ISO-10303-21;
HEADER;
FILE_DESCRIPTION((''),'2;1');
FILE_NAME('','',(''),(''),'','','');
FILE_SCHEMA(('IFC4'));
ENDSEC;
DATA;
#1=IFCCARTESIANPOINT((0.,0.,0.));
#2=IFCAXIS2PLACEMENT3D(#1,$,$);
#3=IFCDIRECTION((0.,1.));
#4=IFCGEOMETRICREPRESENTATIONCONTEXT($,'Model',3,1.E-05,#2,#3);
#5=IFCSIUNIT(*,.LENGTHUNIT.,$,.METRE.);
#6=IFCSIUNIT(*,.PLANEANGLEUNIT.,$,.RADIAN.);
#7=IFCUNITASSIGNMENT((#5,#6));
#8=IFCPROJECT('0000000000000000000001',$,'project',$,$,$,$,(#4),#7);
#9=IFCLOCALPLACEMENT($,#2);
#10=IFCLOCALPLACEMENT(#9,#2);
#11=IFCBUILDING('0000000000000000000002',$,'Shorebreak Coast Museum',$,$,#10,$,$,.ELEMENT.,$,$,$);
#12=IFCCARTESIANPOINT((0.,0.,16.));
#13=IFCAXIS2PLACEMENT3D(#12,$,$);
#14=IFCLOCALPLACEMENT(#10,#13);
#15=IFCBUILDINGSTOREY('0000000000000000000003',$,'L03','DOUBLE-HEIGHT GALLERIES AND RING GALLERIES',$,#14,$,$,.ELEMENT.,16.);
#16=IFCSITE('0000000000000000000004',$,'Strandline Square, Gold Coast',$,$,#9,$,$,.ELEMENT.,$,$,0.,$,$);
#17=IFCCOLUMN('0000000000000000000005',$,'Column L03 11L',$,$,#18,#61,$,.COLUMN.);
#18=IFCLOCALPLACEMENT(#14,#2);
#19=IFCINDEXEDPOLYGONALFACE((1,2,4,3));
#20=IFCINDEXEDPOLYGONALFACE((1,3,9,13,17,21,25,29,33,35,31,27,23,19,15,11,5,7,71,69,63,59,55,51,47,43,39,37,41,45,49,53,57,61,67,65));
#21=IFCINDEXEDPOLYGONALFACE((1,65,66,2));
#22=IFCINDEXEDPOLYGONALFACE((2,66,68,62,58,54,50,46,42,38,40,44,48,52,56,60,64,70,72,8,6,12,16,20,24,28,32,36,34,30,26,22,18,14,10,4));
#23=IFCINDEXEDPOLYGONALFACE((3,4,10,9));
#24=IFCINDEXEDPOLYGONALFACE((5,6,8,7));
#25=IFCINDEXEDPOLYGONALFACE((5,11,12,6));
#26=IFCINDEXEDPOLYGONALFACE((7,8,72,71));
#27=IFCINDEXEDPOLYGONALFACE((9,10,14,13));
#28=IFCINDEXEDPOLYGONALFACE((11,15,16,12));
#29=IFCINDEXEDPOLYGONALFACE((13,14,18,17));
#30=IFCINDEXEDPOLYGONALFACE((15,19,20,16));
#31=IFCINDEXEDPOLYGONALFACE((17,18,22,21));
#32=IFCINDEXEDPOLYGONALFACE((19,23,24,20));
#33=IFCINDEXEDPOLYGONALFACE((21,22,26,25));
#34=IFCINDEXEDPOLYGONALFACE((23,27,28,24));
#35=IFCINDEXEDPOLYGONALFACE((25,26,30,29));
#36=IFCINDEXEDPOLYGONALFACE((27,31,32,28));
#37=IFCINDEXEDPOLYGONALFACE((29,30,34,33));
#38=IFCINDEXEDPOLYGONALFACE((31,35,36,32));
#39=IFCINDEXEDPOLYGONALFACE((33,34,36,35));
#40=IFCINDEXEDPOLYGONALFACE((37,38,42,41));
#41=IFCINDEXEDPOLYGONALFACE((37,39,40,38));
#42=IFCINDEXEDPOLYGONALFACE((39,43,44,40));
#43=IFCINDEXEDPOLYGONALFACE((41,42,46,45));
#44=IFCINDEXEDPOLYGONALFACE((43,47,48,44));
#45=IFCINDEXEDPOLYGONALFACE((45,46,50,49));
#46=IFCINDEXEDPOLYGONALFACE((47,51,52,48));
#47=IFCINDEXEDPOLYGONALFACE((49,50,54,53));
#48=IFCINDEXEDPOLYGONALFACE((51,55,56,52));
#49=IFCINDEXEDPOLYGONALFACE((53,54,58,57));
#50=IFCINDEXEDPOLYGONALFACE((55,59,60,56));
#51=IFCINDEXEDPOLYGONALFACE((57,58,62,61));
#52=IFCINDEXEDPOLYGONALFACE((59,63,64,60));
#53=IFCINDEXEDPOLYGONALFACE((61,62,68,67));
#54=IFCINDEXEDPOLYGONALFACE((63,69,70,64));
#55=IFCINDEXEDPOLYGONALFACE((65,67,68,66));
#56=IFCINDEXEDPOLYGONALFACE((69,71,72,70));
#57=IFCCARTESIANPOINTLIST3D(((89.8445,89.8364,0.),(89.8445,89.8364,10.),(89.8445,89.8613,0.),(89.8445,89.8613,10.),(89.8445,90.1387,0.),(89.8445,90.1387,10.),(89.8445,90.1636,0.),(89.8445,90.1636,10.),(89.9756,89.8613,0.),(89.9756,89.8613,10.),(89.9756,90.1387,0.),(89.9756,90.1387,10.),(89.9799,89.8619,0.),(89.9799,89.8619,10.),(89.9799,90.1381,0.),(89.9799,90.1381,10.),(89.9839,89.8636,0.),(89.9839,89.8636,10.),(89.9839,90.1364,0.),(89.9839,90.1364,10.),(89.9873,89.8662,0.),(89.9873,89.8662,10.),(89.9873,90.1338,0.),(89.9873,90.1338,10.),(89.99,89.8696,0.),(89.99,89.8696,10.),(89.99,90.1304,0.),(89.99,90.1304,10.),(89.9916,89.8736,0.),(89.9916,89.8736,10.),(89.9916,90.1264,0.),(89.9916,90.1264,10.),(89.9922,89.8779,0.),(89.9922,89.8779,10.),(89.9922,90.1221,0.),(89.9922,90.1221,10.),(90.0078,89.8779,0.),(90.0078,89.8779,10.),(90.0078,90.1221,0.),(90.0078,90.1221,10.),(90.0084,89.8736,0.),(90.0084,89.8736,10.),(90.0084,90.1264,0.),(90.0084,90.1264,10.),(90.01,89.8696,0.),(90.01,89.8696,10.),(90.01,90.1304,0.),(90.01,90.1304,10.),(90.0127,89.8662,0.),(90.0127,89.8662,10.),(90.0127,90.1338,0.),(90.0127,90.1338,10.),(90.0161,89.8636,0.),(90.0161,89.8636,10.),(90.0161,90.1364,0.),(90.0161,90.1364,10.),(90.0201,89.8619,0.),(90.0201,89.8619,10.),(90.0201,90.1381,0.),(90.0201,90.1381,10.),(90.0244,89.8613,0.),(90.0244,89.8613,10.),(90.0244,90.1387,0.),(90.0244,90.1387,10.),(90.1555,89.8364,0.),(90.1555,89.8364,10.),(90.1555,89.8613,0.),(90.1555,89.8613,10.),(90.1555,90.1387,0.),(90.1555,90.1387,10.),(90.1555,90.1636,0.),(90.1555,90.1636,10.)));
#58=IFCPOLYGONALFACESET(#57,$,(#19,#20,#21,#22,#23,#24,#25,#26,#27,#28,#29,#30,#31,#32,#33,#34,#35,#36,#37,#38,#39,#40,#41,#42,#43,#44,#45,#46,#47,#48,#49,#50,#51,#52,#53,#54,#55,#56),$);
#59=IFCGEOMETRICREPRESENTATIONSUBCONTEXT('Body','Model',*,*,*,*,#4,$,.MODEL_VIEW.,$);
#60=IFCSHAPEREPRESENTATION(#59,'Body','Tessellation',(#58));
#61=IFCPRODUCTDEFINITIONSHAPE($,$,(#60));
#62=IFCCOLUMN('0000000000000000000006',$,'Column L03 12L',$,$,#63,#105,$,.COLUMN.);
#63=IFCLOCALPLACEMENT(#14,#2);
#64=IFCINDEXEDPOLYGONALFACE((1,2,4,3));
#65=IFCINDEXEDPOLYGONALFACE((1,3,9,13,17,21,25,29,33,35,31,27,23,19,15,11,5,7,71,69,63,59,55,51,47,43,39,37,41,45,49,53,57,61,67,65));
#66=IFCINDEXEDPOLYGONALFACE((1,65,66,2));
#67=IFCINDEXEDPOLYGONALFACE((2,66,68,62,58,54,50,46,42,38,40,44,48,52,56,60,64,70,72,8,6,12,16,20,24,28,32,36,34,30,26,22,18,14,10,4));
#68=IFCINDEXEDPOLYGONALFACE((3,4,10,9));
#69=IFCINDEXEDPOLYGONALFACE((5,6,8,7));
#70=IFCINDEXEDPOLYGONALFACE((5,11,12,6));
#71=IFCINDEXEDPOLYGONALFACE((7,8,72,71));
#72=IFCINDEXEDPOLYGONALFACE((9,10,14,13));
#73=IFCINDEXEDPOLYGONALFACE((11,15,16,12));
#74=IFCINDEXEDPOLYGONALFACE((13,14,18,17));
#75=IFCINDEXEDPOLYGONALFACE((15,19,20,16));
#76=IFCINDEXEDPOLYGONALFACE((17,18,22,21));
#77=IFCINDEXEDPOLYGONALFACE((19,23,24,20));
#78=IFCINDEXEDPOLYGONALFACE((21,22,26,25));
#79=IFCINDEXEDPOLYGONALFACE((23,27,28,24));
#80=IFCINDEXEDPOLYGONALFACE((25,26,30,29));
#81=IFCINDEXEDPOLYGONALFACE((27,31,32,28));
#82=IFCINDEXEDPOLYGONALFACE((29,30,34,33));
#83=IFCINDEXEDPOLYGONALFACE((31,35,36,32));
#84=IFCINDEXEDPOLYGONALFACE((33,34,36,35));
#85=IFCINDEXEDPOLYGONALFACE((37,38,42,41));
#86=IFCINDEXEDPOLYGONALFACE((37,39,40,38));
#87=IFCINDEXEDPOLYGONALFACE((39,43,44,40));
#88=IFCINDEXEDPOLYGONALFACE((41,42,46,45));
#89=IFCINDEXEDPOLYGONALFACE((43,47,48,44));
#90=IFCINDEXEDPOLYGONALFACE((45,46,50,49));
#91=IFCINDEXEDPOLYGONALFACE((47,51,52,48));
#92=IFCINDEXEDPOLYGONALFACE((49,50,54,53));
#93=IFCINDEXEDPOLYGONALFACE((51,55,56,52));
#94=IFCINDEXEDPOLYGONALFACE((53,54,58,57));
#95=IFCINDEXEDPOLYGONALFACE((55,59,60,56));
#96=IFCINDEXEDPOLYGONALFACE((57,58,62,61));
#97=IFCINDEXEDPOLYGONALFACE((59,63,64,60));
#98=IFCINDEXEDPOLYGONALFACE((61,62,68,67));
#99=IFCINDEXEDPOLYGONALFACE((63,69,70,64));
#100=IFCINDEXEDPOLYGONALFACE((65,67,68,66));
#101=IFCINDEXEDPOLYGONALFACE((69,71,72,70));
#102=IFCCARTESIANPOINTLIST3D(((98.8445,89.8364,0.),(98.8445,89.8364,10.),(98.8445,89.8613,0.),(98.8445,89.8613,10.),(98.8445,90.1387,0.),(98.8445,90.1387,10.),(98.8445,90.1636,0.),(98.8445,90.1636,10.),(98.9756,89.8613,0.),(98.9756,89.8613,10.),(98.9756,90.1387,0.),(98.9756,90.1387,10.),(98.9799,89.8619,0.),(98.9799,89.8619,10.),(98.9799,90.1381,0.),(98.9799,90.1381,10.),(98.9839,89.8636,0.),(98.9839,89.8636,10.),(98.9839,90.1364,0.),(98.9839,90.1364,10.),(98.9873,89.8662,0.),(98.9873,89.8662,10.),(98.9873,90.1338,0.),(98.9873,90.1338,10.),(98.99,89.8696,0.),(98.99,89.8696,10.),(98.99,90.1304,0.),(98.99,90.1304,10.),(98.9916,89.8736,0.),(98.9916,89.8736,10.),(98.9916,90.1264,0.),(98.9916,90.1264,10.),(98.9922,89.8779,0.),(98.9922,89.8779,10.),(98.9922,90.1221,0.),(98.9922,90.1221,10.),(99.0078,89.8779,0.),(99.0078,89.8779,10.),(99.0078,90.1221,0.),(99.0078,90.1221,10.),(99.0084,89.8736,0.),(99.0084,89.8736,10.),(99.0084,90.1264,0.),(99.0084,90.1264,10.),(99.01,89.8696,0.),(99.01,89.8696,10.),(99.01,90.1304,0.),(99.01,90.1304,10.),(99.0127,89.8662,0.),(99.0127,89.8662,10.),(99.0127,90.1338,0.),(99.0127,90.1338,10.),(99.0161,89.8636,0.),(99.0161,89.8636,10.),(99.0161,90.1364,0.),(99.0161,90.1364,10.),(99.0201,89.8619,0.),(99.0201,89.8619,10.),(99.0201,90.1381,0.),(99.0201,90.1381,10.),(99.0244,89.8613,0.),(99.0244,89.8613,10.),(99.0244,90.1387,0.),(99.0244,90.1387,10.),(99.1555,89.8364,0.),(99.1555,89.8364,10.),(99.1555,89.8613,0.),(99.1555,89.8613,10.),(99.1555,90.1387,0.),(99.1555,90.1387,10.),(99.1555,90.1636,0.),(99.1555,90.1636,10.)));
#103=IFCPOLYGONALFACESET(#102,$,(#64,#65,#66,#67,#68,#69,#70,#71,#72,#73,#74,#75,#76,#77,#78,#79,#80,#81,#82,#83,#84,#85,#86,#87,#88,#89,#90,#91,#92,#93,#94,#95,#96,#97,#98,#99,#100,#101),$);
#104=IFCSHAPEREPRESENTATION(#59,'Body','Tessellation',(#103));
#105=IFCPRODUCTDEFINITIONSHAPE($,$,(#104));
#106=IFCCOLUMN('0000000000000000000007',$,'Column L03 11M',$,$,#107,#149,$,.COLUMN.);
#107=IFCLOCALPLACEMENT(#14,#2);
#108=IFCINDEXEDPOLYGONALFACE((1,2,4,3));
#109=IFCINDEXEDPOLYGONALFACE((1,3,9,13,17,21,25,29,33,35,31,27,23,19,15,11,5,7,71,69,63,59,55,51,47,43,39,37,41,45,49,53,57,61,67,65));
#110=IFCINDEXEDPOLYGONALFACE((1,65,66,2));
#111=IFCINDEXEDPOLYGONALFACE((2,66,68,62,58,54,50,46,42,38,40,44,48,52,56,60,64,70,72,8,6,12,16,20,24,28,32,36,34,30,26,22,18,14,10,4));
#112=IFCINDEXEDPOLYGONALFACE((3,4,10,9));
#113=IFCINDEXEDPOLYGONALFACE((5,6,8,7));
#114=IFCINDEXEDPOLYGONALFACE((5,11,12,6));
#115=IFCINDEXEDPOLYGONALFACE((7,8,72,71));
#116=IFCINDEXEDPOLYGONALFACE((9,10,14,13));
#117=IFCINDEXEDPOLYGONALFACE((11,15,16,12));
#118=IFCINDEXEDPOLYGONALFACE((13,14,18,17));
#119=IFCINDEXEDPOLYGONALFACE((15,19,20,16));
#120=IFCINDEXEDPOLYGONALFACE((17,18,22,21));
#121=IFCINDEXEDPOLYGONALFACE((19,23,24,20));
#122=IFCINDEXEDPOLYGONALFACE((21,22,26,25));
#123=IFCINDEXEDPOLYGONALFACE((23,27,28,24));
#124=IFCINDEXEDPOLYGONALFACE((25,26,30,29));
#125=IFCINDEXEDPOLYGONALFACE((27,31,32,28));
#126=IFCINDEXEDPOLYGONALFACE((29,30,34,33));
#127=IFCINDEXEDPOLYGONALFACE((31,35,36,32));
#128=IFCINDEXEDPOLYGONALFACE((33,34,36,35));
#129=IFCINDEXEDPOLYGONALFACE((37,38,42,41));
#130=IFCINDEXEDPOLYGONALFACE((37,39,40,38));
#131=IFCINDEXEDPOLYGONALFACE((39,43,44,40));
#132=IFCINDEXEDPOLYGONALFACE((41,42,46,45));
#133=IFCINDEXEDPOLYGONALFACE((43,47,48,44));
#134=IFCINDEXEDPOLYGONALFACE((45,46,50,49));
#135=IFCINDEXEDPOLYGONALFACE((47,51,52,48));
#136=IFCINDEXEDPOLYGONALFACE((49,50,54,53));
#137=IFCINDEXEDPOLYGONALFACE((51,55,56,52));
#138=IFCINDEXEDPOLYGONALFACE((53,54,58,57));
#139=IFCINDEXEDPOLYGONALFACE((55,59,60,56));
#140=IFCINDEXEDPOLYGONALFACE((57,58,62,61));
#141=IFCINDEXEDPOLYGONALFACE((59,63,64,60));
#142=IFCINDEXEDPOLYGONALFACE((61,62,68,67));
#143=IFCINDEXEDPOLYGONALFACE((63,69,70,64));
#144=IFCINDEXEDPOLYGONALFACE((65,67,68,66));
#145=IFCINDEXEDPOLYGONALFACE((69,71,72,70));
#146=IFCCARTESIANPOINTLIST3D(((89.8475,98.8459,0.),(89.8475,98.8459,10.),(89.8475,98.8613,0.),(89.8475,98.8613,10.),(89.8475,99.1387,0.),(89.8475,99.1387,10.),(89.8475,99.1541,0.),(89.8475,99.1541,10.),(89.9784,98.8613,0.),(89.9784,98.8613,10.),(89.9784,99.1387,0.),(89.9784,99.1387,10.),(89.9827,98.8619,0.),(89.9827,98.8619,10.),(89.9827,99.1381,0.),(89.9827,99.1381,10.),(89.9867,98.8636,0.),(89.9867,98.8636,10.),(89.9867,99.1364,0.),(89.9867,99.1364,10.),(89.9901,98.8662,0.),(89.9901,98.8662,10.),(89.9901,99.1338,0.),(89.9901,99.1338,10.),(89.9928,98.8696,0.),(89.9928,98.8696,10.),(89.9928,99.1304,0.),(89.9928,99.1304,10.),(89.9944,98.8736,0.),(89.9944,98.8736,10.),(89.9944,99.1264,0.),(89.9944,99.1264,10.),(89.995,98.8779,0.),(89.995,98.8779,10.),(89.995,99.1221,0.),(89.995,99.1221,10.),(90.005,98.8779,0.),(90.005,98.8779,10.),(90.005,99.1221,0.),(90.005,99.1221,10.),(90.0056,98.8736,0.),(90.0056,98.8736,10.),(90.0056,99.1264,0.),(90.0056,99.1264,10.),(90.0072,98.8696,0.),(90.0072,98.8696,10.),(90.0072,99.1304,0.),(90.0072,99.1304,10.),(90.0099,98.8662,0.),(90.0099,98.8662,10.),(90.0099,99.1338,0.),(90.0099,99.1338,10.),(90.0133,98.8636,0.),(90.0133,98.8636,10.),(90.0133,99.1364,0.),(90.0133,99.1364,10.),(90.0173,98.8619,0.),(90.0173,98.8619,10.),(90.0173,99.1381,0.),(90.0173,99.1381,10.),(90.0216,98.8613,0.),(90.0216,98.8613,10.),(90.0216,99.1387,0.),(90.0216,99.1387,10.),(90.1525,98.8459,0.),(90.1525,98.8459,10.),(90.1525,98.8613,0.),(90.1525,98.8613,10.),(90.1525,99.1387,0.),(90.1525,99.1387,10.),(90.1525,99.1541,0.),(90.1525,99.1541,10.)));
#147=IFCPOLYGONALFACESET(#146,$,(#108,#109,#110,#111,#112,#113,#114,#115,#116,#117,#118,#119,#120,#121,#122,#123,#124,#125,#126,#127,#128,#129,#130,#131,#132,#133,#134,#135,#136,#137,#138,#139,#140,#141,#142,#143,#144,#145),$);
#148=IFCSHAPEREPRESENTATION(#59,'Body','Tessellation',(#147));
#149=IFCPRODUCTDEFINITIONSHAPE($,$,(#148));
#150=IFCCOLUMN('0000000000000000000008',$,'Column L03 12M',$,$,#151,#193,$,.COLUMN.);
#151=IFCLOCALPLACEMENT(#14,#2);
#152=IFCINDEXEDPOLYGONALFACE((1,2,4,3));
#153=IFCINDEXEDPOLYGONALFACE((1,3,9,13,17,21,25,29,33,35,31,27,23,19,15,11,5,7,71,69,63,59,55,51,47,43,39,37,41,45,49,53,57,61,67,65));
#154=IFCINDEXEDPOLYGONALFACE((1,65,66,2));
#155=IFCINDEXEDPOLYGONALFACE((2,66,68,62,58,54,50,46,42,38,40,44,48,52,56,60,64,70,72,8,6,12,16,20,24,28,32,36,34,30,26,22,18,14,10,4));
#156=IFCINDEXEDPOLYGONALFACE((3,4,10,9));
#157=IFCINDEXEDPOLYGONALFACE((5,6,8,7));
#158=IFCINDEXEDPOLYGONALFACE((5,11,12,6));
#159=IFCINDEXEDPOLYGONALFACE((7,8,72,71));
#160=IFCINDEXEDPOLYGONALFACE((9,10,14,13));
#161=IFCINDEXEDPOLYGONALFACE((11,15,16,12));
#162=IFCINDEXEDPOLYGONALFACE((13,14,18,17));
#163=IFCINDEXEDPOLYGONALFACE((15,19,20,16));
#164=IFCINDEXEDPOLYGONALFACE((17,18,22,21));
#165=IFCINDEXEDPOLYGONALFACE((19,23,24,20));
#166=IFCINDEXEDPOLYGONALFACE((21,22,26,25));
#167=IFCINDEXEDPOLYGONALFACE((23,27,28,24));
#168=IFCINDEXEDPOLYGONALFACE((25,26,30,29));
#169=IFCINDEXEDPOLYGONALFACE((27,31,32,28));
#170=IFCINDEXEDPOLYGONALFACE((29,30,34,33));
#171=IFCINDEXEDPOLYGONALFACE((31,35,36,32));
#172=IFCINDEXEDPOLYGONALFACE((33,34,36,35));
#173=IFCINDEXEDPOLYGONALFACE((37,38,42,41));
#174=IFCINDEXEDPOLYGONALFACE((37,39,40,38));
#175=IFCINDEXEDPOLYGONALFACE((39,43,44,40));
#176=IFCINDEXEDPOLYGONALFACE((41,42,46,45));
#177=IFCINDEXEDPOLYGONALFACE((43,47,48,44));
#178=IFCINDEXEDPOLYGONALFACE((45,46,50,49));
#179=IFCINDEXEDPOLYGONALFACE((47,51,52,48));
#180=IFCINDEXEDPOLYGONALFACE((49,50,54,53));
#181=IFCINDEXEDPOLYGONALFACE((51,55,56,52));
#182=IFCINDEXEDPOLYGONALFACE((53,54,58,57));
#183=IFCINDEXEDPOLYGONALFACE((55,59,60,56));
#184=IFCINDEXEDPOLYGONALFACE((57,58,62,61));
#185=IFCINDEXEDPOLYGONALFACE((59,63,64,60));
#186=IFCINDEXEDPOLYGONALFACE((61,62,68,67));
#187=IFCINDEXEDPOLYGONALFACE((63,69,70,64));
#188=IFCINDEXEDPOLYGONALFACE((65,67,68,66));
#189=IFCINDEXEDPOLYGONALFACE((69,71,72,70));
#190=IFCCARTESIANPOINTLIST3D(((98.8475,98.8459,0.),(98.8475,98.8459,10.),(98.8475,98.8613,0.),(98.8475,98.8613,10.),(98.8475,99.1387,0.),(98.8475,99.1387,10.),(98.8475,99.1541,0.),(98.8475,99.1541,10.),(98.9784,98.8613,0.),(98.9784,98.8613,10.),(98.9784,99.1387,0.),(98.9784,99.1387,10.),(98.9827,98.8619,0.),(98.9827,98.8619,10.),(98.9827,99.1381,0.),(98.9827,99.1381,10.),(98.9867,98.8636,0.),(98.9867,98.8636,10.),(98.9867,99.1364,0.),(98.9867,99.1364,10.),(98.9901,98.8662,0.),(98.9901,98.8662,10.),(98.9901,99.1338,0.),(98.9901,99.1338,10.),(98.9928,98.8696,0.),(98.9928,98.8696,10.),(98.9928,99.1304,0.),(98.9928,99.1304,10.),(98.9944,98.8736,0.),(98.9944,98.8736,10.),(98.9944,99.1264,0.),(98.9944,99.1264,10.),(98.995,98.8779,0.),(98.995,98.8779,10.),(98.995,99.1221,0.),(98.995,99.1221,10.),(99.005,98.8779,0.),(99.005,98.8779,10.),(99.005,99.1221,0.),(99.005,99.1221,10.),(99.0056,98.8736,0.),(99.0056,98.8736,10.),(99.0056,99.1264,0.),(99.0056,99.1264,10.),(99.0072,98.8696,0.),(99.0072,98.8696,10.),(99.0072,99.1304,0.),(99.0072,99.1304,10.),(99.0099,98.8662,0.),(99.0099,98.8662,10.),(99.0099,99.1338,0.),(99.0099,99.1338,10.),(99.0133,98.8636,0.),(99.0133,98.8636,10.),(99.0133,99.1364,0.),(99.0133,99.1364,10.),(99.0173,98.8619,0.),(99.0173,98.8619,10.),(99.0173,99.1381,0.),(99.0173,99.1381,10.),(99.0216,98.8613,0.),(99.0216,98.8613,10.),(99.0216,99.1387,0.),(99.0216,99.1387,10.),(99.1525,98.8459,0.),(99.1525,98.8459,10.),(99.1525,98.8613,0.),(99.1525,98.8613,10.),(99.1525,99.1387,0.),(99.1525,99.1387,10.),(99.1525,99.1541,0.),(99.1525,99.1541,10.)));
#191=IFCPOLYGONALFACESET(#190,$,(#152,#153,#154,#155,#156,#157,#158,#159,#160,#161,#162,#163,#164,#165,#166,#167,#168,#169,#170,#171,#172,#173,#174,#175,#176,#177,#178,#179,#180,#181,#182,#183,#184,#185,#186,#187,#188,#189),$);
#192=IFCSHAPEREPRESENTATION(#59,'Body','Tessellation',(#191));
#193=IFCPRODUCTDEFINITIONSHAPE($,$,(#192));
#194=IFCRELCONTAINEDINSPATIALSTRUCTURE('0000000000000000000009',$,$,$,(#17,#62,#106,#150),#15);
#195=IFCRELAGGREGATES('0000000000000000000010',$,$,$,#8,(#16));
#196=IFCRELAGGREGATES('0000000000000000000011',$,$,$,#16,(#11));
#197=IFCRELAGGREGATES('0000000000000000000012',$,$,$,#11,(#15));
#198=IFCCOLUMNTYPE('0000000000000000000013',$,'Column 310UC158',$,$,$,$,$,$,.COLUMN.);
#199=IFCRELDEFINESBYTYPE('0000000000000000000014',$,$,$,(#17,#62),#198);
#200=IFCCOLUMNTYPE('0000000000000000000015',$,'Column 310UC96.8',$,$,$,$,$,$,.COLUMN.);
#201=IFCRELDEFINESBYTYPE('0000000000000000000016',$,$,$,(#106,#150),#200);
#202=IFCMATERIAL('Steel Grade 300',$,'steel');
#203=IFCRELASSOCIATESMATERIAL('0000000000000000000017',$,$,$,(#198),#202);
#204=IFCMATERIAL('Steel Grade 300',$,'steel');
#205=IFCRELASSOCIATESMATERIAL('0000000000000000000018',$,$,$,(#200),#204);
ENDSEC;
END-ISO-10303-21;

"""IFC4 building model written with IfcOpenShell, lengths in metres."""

from ifc_helpers import new_model, si_unit, direction, frame, origin, origin_2d, place, context, subcontext, project, spatial, i_section, extrude, material, material_profile, profile_set, type_object, element, save


model = new_model("IFC4")

# Units and contexts
model_context = context("Model", 3, precision=1e-05, world=origin(), true_north=direction((0.0, 1.0)))
body_context = subcontext(model_context, "Body", "Model", "MODEL_VIEW")
ifc_project = project(units=[si_unit("LENGTHUNIT", "METRE"), si_unit("PLANEANGLEUNIT", "RADIAN")], contexts=[model_context])

# Site, building, storey
site_placement = place(None, origin())
site = spatial("IfcSite", under=ifc_project, at=site_placement, Name="Strandline Square, Gold Coast", CompositionType="ELEMENT", RefElevation=0.0)
building_placement = place(site_placement, origin())
building = spatial("IfcBuilding", under=site, at=building_placement, Name="Shorebreak Coast Museum", CompositionType="ELEMENT")
storey_placement = place(building_placement, frame((0.0, 0.0, 16.0)))
storey = spatial("IfcBuildingStorey", under=building, at=storey_placement, Name="L03", Description="DOUBLE-HEIGHT GALLERIES AND RING GALLERIES", CompositionType="ELEMENT", Elevation=16.0)

# Columns
ifc_material_1 = material(Name="Steel Grade 300", Category="steel")
ifc_material_profile_1 = material_profile(ifc_material_1, i_section(OverallWidth=0.311, OverallDepth=0.3271, WebThickness=0.0156, FlangeThickness=0.0249, FilletRadius=0.0166, at=origin_2d()), Name="310UC158")
ifc_profile_set_1 = profile_set([ifc_material_profile_1], Name="Steel Grade 300")
column_type_1 = type_object("IfcColumnType", Name="Column 310UC158", PredefinedType="COLUMN", material=ifc_profile_set_1)
for number, where, z_axis, x_axis, name in (
    (1, (90.0, 90.0, 0.0), (0.0, 0.0, 1.0), (1.0, 0.0, 0.0), "Column L03 11L"),
    (2, (99.0, 90.0, 0.0), (0.0, 0.0, 1.0), (1.0, 0.0, 0.0), "Column L03 12L"),
):
    element("IfcColumn", number, at=place(storey_placement, frame(where, z_axis=z_axis, x_axis=x_axis)), inside=storey, type_object=column_type_1, Name=name, PredefinedType="COLUMN", context=body_context, shape_type="SweptSolid", body=[
        extrude(i_section(OverallWidth=0.311, OverallDepth=0.3271, WebThickness=0.0156, FlangeThickness=0.0249, FilletRadius=0.0166, at=origin_2d()), origin(), (0.0, 0.0, 1.0), 10.0),
    ])
ifc_material_2 = material(Name="Steel Grade 300", Category="steel")
ifc_material_profile_2 = material_profile(ifc_material_2, i_section(OverallWidth=0.3049, OverallDepth=0.3081, WebThickness=0.01, FlangeThickness=0.0154, FilletRadius=0.0166, at=origin_2d()), Name="310UC96.8")
ifc_profile_set_2 = profile_set([ifc_material_profile_2], Name="Steel Grade 300")
column_type_2 = type_object("IfcColumnType", Name="Column 310UC96.8", PredefinedType="COLUMN", material=ifc_profile_set_2)
for number, where, z_axis, x_axis, name in (
    (3, (90.0, 99.0, 0.0), (0.0, 0.0, 1.0), (1.0, 0.0, 0.0), "Column L03 11M"),
    (4, (99.0, 99.0, 0.0), (0.0, 0.0, 1.0), (1.0, 0.0, 0.0), "Column L03 12M"),
):
    element("IfcColumn", number, at=place(storey_placement, frame(where, z_axis=z_axis, x_axis=x_axis)), inside=storey, type_object=column_type_2, Name=name, PredefinedType="COLUMN", context=body_context, shape_type="SweptSolid", body=[
        extrude(i_section(OverallWidth=0.3049, OverallDepth=0.3081, WebThickness=0.01, FlangeThickness=0.0154, FilletRadius=0.0166, at=origin_2d()), origin(), (0.0, 0.0, 1.0), 10.0),
    ])

save(model, "model.ifc")
